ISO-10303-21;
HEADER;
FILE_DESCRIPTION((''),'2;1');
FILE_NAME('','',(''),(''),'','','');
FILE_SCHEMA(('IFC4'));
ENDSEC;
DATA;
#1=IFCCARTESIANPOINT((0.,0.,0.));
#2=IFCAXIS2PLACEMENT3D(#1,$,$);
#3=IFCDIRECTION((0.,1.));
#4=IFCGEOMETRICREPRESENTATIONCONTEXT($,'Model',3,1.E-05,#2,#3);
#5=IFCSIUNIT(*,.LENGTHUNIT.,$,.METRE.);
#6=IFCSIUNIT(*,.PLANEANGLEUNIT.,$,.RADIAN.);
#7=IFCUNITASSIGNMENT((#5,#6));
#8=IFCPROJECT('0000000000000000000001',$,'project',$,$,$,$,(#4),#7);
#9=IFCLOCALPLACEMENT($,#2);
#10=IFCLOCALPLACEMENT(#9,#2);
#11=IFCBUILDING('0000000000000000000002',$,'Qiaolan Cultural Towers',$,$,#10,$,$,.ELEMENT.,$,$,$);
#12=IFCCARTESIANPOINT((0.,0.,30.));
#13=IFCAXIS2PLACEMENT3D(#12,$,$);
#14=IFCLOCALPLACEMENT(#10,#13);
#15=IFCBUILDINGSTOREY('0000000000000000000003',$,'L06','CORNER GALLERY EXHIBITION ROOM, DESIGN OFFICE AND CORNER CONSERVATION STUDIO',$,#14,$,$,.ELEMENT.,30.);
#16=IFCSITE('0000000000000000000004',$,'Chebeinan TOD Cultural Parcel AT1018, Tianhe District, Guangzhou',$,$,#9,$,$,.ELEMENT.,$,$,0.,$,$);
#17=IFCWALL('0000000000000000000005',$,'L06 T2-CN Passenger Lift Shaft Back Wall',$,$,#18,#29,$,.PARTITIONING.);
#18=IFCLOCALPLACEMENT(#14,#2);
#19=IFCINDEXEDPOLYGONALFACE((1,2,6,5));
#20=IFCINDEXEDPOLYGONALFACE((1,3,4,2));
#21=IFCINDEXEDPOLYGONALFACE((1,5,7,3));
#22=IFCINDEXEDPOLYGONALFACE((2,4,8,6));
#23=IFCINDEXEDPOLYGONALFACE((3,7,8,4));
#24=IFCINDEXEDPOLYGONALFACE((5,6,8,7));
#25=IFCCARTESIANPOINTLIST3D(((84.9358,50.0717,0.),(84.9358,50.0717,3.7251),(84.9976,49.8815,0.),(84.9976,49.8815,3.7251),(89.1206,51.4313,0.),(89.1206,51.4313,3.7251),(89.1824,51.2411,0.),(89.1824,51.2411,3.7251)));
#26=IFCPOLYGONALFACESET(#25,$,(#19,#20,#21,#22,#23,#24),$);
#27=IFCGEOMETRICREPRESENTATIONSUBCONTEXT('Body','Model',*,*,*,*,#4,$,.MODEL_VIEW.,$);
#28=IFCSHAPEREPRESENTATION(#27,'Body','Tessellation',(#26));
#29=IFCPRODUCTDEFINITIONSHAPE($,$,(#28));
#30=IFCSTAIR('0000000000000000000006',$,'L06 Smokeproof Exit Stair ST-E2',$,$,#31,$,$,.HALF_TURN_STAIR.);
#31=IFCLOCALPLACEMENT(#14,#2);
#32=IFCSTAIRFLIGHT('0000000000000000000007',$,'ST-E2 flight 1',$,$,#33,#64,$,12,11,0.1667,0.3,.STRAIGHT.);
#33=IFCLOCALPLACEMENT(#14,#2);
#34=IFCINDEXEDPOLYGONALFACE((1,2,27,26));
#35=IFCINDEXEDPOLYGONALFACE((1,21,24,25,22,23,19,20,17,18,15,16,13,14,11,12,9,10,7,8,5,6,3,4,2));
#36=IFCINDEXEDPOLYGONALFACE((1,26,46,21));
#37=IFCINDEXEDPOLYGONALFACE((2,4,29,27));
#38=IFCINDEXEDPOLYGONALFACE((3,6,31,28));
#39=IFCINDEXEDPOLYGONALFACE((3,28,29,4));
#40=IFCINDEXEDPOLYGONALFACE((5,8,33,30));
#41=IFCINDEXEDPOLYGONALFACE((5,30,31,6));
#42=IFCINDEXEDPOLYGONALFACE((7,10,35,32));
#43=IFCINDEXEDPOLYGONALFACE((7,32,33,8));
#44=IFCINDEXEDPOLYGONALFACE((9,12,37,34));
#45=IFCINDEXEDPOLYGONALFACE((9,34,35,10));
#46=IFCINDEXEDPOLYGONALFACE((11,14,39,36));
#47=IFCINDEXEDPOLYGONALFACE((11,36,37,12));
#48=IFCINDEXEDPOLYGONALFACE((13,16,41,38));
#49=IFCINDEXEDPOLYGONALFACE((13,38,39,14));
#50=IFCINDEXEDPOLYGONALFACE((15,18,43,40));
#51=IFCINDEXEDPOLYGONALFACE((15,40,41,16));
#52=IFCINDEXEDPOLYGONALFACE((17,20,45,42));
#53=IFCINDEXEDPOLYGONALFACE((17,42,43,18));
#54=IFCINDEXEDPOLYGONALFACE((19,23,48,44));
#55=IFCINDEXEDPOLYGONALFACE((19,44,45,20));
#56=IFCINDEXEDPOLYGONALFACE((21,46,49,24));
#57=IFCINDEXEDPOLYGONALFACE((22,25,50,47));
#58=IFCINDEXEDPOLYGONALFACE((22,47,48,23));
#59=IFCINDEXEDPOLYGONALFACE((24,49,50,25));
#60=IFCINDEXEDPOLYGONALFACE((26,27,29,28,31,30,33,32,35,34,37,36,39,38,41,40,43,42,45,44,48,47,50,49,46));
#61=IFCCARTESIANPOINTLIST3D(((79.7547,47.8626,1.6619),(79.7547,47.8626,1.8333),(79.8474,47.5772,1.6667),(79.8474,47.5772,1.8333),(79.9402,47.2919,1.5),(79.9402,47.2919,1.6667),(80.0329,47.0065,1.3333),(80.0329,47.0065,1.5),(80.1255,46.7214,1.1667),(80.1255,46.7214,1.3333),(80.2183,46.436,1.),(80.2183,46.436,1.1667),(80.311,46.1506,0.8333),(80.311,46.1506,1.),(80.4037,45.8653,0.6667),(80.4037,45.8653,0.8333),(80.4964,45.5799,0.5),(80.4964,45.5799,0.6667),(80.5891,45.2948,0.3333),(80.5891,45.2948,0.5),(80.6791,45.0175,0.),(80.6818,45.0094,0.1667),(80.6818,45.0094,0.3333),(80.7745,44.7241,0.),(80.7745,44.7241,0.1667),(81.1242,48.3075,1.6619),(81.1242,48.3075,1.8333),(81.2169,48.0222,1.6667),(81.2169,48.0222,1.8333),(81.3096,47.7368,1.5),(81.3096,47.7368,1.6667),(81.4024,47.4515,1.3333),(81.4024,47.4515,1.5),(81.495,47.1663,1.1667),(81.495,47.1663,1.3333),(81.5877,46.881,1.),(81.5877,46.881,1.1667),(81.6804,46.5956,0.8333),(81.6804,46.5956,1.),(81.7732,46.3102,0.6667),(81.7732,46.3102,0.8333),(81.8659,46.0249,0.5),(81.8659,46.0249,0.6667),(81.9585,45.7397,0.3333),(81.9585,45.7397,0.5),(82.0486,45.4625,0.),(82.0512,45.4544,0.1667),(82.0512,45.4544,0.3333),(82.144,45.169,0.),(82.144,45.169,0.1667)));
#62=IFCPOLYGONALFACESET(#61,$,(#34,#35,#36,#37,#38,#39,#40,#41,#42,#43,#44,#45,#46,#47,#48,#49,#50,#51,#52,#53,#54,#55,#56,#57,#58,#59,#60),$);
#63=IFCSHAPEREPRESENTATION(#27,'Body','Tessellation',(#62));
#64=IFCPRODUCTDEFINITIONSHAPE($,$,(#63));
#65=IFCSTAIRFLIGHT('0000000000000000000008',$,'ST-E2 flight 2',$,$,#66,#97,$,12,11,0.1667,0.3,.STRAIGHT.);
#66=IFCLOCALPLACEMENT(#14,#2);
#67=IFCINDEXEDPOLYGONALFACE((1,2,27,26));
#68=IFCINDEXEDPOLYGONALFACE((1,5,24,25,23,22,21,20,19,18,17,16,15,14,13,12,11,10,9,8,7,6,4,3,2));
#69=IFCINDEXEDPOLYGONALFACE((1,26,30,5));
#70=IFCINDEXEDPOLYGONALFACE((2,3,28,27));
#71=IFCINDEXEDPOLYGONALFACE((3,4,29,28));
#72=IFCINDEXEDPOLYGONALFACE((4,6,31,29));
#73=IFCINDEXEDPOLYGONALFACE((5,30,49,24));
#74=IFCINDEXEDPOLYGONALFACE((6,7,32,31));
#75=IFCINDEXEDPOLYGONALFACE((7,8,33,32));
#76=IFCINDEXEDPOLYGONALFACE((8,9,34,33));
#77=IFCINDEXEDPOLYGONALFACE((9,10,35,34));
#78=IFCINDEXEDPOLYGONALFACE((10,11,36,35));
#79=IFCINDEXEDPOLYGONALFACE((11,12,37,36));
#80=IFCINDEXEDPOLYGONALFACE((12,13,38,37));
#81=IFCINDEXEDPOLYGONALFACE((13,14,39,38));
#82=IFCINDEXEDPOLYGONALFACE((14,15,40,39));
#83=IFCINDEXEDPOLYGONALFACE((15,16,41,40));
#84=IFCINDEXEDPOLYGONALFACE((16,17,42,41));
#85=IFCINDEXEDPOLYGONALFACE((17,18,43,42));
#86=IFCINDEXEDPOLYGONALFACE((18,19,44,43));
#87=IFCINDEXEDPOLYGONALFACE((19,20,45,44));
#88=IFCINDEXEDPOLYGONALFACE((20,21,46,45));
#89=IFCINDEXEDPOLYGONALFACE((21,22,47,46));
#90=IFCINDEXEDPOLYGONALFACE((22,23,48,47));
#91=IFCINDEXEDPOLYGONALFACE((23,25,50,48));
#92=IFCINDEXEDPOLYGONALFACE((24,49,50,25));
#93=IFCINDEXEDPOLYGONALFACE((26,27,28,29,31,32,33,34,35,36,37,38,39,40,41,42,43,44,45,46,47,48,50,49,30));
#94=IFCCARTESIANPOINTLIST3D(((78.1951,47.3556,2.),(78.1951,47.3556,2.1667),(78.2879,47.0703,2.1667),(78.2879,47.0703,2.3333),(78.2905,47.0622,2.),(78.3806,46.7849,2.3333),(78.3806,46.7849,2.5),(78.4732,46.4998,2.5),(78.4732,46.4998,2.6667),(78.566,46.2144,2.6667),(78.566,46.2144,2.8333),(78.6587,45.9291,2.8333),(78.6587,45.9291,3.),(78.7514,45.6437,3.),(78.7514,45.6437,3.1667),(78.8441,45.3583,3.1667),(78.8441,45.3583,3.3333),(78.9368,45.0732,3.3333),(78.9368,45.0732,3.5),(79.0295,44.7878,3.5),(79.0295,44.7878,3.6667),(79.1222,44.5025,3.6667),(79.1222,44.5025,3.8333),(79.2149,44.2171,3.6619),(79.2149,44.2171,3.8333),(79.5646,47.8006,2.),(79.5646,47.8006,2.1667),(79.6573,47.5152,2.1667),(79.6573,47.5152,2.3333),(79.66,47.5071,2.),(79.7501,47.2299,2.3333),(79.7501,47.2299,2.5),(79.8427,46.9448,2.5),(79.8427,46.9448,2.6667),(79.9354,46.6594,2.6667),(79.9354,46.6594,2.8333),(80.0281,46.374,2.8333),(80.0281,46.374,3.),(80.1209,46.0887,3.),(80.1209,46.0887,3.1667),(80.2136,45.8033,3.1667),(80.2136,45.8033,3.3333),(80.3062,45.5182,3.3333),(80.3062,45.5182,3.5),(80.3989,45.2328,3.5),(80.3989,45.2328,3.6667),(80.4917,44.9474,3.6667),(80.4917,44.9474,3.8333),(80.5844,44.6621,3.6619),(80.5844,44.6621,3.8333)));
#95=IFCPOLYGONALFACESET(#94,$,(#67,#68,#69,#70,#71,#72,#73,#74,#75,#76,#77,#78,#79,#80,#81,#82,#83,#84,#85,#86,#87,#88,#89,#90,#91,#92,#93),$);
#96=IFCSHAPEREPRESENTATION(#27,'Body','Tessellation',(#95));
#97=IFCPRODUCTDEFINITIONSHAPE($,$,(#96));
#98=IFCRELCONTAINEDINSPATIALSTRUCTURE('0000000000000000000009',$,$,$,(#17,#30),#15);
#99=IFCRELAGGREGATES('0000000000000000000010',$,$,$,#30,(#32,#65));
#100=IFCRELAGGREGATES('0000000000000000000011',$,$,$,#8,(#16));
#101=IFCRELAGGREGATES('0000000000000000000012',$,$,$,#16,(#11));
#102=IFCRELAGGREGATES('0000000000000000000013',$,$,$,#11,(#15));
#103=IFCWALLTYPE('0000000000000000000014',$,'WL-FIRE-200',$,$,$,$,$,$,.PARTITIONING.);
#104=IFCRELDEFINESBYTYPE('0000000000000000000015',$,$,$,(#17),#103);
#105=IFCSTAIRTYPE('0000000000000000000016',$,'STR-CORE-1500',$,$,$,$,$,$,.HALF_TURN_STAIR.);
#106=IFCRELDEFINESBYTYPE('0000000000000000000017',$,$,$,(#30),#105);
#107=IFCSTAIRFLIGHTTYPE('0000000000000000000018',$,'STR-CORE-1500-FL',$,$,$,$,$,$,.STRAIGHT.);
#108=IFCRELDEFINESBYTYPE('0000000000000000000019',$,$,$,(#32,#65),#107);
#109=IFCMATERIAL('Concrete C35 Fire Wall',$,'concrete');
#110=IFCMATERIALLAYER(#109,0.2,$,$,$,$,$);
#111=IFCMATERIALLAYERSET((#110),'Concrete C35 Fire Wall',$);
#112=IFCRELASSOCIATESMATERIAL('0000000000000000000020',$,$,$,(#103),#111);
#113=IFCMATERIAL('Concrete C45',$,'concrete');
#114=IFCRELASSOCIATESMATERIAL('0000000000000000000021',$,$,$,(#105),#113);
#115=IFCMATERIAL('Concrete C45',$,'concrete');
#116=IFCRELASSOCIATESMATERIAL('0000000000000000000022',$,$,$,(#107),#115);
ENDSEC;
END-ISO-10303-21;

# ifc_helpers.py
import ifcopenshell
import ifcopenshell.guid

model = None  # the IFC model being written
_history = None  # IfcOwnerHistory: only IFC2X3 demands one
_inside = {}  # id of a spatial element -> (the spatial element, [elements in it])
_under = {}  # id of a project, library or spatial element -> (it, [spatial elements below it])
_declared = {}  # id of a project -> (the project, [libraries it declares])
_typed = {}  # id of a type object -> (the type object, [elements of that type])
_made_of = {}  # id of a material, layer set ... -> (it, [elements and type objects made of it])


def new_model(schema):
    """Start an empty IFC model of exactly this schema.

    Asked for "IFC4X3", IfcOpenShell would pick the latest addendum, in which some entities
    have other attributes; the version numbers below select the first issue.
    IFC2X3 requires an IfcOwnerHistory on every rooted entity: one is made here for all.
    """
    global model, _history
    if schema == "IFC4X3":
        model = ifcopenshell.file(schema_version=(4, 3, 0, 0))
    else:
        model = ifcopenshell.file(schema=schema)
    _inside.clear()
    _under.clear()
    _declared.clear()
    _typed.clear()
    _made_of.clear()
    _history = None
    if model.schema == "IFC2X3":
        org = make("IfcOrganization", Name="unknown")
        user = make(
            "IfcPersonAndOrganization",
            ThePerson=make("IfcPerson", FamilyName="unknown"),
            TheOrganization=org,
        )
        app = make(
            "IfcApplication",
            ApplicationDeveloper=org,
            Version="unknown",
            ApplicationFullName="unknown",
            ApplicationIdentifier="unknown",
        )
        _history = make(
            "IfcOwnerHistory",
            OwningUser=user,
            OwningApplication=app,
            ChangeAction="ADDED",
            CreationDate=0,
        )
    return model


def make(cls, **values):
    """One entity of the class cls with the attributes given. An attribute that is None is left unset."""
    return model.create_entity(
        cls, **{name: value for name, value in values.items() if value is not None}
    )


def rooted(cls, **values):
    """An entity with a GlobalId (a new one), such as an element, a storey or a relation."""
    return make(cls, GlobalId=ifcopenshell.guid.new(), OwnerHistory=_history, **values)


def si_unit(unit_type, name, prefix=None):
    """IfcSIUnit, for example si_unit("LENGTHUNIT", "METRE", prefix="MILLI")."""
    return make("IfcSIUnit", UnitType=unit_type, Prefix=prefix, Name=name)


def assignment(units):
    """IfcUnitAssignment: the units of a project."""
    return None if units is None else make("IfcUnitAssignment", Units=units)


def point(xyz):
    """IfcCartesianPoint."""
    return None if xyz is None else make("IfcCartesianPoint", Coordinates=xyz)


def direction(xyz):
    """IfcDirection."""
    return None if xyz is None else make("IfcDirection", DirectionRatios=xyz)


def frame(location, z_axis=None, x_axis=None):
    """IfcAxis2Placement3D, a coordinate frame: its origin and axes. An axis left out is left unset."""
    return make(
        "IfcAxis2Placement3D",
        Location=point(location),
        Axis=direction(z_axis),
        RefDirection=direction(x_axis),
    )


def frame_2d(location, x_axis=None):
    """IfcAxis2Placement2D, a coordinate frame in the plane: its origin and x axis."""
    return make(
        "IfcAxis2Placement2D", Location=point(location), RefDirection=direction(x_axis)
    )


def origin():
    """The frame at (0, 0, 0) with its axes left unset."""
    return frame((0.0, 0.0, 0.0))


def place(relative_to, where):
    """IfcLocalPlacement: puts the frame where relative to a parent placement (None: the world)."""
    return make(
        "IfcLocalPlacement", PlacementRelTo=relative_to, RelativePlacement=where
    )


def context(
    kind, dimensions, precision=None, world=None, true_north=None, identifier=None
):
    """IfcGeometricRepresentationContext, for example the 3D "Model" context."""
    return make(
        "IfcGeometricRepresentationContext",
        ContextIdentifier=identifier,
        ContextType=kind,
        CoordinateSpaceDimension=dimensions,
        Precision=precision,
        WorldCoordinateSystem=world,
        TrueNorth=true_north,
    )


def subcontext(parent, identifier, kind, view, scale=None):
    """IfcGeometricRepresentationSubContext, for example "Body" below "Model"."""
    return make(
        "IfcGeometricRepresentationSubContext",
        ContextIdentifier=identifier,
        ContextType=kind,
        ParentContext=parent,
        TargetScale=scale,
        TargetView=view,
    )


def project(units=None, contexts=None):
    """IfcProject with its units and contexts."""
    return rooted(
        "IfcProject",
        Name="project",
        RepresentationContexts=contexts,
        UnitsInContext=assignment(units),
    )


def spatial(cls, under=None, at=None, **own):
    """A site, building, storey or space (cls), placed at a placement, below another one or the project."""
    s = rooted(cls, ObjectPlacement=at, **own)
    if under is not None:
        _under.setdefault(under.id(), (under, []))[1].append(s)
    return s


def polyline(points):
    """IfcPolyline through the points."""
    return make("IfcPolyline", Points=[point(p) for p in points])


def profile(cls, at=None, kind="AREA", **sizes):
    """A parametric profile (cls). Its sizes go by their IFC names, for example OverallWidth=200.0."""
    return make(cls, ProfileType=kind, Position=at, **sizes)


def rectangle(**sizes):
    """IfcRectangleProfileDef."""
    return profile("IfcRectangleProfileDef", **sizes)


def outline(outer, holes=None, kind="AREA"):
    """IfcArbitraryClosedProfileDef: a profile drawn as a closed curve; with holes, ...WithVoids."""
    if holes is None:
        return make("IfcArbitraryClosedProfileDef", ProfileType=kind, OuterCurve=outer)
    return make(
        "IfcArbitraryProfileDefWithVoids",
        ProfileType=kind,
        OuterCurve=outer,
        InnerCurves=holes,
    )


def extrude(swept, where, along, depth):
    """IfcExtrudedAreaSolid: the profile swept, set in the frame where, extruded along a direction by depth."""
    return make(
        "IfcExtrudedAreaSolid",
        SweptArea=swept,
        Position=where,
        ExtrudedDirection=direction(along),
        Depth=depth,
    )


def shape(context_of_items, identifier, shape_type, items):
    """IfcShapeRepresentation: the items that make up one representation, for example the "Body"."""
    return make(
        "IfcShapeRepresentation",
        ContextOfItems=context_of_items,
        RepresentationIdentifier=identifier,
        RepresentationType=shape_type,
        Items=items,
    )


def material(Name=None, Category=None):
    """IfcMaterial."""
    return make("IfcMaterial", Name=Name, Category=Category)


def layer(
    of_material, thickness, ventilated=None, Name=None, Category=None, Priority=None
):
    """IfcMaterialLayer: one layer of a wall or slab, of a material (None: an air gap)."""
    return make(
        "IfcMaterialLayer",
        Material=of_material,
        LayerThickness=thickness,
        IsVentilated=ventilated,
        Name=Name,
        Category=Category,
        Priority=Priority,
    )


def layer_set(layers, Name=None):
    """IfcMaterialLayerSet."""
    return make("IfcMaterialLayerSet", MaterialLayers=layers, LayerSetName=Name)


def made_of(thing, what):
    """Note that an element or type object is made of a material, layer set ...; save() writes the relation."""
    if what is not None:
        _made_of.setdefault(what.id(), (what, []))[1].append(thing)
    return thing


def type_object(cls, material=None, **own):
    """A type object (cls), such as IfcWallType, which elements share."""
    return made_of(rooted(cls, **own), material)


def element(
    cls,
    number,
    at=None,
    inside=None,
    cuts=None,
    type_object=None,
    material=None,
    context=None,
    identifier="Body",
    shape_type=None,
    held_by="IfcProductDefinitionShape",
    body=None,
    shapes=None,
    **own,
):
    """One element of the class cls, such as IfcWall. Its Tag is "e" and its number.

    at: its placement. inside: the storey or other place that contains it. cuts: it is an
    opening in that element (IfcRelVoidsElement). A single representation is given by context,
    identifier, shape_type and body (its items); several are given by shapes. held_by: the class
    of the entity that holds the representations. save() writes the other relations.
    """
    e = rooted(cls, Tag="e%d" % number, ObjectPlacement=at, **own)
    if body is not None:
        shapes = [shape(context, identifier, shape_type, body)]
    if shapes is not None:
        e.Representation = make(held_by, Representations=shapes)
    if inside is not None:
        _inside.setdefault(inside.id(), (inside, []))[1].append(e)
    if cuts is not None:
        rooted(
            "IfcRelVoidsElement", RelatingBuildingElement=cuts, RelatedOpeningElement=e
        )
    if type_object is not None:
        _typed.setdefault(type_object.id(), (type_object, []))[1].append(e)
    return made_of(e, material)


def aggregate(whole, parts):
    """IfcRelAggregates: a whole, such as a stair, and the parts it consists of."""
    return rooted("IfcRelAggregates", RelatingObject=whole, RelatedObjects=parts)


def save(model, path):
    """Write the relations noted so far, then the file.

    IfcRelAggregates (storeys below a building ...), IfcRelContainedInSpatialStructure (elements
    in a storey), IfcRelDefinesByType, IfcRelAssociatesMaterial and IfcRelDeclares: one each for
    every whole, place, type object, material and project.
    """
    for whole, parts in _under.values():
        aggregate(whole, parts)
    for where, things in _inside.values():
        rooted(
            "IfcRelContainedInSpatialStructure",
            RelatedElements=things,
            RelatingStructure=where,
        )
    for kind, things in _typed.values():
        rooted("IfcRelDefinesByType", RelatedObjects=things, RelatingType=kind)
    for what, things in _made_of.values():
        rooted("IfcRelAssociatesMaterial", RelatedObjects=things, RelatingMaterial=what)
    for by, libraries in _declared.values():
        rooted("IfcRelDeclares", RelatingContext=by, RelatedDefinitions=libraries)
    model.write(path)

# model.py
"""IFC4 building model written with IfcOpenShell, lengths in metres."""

from ifc_helpers import new_model, si_unit, direction, frame, frame_2d, origin, place, context, subcontext, project, spatial, polyline, rectangle, outline, extrude, material, layer, layer_set, type_object, element, aggregate, save


model = new_model("IFC4")

# Units and contexts
model_context = context("Model", 3, precision=1e-05, world=origin(), true_north=direction((0.0, 1.0)))
body_context = subcontext(model_context, "Body", "Model", "MODEL_VIEW")
ifc_project = project(units=[si_unit("LENGTHUNIT", "METRE"), si_unit("PLANEANGLEUNIT", "RADIAN")], contexts=[model_context])

# Site, building, storey
site_placement = place(None, origin())
site = spatial("IfcSite", under=ifc_project, at=site_placement, Name="Chebeinan TOD Cultural Parcel AT1018, Tianhe District, Guangzhou", CompositionType="ELEMENT", RefElevation=0.0)
building_placement = place(site_placement, origin())
building = spatial("IfcBuilding", under=site, at=building_placement, Name="Qiaolan Cultural Towers", CompositionType="ELEMENT")
storey_placement = place(building_placement, frame((0.0, 0.0, 30.0)))
storey = spatial("IfcBuildingStorey", under=building, at=storey_placement, Name="L06", Description="CORNER GALLERY EXHIBITION ROOM, DESIGN OFFICE AND CORNER CONSERVATION STUDIO", CompositionType="ELEMENT", Elevation=30.0)

# Shared definitions
ifc_material_1 = material(Name="Concrete C35 Fire Wall", Category="concrete")
ifc_layer_1 = layer(ifc_material_1, 0.2)
ifc_layer_set_1 = layer_set([ifc_layer_1], Name="Concrete C35 Fire Wall")
wall_type_1 = type_object("IfcWallType", Name="WL-FIRE-200", PredefinedType="PARTITIONING", material=ifc_layer_set_1)

# Wall
wall_1_placement = place(storey_placement, frame((84.9666, 49.9766, 0.0), z_axis=(0.0, 0.0, 1.0), x_axis=(0.951064, 0.308994, 0.0)))
element("IfcWall", 1, at=wall_1_placement, inside=storey, type_object=wall_type_1, Name="L06 T2-CN Passenger Lift Shaft Back Wall", PredefinedType="PARTITIONING", context=body_context, shape_type="SweptSolid", body=[
    extrude(rectangle(XDim=4.4001, YDim=0.2, at=frame_2d((2.2002, 0.0))), origin(), (0.0, 0.0, 1.0), 3.7251),
])

# Stair, stair flights
ifc_material_2 = material(Name="Concrete C45", Category="concrete")
stair_type = type_object("IfcStairType", Name="STR-CORE-1500", PredefinedType="HALF_TURN_STAIR", material=ifc_material_2)
stair_placement = place(storey_placement, origin())
stair = element("IfcStair", 2, at=stair_placement, inside=storey, type_object=stair_type, Name="L06 Smokeproof Exit Stair ST-E2", PredefinedType="HALF_TURN_STAIR")
ifc_material_3 = material(Name="Concrete C45", Category="concrete")
stair_flight_type = type_object("IfcStairFlightType", Name="STR-CORE-1500-FL", PredefinedType="STRAIGHT", material=ifc_material_3)
stair_flight_1_placement = place(storey_placement, frame((81.4592, 44.9465, 0.0), z_axis=(0.0, 0.0, 1.0), x_axis=(-0.309017, 0.951057, 0.0)))
stair_flight_1 = element("IfcStairFlight", 3, at=stair_flight_1_placement, type_object=stair_flight_type, Name="ST-E2 flight 1", NumberOfRisers=12, NumberOfTreads=11, PredefinedType="STRAIGHT", RiserHeight=0.1667, TreadLength=0.3, context=body_context, shape_type="SweptSolid", body=[
    extrude(outline(polyline([(0.0, 0.0), (0.0, 0.1667), (0.3, 0.1667), (0.3, 0.3333), (0.6001, 0.3333), (0.6001, 0.5), (0.8999, 0.5), (0.8999, 0.6667), (1.2, 0.6667), (1.2, 0.8333), (1.5, 0.8333), (1.5, 1.0), (1.8, 1.0), (1.8, 1.1667), (2.1001, 1.1667), (2.1001, 1.3333), (2.3999, 1.3333), (2.3999, 1.5), (2.7, 1.5), (2.7, 1.6667), (3.0, 1.6667), (3.0, 1.8333), (3.3, 1.8333), (3.3, 2.0), (3.3, 1.6619), (0.3086, 0.0), (0.0, 0.0)])), frame((0.0, 0.72, 0.0), z_axis=(0.0, -1.0, 0.0), x_axis=(1.0, 0.0, 0.0)), (0.0, 0.0, 1.0), 1.4399),
])
stair_flight_2_placement = place(storey_placement, frame((78.8799, 47.5781, 2.0), z_axis=(0.0, 0.0, 1.0), x_axis=(0.309017, -0.951057, 0.0)))
stair_flight_2 = element("IfcStairFlight", 4, at=stair_flight_2_placement, type_object=stair_flight_type, Name="ST-E2 flight 2", NumberOfRisers=12, NumberOfTreads=11, PredefinedType="STRAIGHT", RiserHeight=0.1667, TreadLength=0.3, context=body_context, shape_type="SweptSolid", body=[
    extrude(outline(polyline([(0.0, 0.0), (0.0, 0.1667), (0.3, 0.1667), (0.3, 0.3333), (0.6001, 0.3333), (0.6001, 0.5), (0.8999, 0.5), (0.8999, 0.6667), (1.2, 0.6667), (1.2, 0.8333), (1.5, 0.8333), (1.5, 1.0), (1.8, 1.0), (1.8, 1.1667), (2.1001, 1.1667), (2.1001, 1.3333), (2.3999, 1.3333), (2.3999, 1.5), (2.7, 1.5), (2.7, 1.6667), (3.0, 1.6667), (3.0, 1.8333), (3.3, 1.8333), (3.3, 2.0), (3.3, 1.6619), (0.3086, 0.0), (0.0, 0.0)])), frame((0.0, 0.72, 0.0), z_axis=(0.0, -1.0, 0.0), x_axis=(1.0, 0.0, 0.0)), (0.0, 0.0, 1.0), 1.4399),
])
aggregate(stair, [stair_flight_1, stair_flight_2])

save(model, "model.ifc")
